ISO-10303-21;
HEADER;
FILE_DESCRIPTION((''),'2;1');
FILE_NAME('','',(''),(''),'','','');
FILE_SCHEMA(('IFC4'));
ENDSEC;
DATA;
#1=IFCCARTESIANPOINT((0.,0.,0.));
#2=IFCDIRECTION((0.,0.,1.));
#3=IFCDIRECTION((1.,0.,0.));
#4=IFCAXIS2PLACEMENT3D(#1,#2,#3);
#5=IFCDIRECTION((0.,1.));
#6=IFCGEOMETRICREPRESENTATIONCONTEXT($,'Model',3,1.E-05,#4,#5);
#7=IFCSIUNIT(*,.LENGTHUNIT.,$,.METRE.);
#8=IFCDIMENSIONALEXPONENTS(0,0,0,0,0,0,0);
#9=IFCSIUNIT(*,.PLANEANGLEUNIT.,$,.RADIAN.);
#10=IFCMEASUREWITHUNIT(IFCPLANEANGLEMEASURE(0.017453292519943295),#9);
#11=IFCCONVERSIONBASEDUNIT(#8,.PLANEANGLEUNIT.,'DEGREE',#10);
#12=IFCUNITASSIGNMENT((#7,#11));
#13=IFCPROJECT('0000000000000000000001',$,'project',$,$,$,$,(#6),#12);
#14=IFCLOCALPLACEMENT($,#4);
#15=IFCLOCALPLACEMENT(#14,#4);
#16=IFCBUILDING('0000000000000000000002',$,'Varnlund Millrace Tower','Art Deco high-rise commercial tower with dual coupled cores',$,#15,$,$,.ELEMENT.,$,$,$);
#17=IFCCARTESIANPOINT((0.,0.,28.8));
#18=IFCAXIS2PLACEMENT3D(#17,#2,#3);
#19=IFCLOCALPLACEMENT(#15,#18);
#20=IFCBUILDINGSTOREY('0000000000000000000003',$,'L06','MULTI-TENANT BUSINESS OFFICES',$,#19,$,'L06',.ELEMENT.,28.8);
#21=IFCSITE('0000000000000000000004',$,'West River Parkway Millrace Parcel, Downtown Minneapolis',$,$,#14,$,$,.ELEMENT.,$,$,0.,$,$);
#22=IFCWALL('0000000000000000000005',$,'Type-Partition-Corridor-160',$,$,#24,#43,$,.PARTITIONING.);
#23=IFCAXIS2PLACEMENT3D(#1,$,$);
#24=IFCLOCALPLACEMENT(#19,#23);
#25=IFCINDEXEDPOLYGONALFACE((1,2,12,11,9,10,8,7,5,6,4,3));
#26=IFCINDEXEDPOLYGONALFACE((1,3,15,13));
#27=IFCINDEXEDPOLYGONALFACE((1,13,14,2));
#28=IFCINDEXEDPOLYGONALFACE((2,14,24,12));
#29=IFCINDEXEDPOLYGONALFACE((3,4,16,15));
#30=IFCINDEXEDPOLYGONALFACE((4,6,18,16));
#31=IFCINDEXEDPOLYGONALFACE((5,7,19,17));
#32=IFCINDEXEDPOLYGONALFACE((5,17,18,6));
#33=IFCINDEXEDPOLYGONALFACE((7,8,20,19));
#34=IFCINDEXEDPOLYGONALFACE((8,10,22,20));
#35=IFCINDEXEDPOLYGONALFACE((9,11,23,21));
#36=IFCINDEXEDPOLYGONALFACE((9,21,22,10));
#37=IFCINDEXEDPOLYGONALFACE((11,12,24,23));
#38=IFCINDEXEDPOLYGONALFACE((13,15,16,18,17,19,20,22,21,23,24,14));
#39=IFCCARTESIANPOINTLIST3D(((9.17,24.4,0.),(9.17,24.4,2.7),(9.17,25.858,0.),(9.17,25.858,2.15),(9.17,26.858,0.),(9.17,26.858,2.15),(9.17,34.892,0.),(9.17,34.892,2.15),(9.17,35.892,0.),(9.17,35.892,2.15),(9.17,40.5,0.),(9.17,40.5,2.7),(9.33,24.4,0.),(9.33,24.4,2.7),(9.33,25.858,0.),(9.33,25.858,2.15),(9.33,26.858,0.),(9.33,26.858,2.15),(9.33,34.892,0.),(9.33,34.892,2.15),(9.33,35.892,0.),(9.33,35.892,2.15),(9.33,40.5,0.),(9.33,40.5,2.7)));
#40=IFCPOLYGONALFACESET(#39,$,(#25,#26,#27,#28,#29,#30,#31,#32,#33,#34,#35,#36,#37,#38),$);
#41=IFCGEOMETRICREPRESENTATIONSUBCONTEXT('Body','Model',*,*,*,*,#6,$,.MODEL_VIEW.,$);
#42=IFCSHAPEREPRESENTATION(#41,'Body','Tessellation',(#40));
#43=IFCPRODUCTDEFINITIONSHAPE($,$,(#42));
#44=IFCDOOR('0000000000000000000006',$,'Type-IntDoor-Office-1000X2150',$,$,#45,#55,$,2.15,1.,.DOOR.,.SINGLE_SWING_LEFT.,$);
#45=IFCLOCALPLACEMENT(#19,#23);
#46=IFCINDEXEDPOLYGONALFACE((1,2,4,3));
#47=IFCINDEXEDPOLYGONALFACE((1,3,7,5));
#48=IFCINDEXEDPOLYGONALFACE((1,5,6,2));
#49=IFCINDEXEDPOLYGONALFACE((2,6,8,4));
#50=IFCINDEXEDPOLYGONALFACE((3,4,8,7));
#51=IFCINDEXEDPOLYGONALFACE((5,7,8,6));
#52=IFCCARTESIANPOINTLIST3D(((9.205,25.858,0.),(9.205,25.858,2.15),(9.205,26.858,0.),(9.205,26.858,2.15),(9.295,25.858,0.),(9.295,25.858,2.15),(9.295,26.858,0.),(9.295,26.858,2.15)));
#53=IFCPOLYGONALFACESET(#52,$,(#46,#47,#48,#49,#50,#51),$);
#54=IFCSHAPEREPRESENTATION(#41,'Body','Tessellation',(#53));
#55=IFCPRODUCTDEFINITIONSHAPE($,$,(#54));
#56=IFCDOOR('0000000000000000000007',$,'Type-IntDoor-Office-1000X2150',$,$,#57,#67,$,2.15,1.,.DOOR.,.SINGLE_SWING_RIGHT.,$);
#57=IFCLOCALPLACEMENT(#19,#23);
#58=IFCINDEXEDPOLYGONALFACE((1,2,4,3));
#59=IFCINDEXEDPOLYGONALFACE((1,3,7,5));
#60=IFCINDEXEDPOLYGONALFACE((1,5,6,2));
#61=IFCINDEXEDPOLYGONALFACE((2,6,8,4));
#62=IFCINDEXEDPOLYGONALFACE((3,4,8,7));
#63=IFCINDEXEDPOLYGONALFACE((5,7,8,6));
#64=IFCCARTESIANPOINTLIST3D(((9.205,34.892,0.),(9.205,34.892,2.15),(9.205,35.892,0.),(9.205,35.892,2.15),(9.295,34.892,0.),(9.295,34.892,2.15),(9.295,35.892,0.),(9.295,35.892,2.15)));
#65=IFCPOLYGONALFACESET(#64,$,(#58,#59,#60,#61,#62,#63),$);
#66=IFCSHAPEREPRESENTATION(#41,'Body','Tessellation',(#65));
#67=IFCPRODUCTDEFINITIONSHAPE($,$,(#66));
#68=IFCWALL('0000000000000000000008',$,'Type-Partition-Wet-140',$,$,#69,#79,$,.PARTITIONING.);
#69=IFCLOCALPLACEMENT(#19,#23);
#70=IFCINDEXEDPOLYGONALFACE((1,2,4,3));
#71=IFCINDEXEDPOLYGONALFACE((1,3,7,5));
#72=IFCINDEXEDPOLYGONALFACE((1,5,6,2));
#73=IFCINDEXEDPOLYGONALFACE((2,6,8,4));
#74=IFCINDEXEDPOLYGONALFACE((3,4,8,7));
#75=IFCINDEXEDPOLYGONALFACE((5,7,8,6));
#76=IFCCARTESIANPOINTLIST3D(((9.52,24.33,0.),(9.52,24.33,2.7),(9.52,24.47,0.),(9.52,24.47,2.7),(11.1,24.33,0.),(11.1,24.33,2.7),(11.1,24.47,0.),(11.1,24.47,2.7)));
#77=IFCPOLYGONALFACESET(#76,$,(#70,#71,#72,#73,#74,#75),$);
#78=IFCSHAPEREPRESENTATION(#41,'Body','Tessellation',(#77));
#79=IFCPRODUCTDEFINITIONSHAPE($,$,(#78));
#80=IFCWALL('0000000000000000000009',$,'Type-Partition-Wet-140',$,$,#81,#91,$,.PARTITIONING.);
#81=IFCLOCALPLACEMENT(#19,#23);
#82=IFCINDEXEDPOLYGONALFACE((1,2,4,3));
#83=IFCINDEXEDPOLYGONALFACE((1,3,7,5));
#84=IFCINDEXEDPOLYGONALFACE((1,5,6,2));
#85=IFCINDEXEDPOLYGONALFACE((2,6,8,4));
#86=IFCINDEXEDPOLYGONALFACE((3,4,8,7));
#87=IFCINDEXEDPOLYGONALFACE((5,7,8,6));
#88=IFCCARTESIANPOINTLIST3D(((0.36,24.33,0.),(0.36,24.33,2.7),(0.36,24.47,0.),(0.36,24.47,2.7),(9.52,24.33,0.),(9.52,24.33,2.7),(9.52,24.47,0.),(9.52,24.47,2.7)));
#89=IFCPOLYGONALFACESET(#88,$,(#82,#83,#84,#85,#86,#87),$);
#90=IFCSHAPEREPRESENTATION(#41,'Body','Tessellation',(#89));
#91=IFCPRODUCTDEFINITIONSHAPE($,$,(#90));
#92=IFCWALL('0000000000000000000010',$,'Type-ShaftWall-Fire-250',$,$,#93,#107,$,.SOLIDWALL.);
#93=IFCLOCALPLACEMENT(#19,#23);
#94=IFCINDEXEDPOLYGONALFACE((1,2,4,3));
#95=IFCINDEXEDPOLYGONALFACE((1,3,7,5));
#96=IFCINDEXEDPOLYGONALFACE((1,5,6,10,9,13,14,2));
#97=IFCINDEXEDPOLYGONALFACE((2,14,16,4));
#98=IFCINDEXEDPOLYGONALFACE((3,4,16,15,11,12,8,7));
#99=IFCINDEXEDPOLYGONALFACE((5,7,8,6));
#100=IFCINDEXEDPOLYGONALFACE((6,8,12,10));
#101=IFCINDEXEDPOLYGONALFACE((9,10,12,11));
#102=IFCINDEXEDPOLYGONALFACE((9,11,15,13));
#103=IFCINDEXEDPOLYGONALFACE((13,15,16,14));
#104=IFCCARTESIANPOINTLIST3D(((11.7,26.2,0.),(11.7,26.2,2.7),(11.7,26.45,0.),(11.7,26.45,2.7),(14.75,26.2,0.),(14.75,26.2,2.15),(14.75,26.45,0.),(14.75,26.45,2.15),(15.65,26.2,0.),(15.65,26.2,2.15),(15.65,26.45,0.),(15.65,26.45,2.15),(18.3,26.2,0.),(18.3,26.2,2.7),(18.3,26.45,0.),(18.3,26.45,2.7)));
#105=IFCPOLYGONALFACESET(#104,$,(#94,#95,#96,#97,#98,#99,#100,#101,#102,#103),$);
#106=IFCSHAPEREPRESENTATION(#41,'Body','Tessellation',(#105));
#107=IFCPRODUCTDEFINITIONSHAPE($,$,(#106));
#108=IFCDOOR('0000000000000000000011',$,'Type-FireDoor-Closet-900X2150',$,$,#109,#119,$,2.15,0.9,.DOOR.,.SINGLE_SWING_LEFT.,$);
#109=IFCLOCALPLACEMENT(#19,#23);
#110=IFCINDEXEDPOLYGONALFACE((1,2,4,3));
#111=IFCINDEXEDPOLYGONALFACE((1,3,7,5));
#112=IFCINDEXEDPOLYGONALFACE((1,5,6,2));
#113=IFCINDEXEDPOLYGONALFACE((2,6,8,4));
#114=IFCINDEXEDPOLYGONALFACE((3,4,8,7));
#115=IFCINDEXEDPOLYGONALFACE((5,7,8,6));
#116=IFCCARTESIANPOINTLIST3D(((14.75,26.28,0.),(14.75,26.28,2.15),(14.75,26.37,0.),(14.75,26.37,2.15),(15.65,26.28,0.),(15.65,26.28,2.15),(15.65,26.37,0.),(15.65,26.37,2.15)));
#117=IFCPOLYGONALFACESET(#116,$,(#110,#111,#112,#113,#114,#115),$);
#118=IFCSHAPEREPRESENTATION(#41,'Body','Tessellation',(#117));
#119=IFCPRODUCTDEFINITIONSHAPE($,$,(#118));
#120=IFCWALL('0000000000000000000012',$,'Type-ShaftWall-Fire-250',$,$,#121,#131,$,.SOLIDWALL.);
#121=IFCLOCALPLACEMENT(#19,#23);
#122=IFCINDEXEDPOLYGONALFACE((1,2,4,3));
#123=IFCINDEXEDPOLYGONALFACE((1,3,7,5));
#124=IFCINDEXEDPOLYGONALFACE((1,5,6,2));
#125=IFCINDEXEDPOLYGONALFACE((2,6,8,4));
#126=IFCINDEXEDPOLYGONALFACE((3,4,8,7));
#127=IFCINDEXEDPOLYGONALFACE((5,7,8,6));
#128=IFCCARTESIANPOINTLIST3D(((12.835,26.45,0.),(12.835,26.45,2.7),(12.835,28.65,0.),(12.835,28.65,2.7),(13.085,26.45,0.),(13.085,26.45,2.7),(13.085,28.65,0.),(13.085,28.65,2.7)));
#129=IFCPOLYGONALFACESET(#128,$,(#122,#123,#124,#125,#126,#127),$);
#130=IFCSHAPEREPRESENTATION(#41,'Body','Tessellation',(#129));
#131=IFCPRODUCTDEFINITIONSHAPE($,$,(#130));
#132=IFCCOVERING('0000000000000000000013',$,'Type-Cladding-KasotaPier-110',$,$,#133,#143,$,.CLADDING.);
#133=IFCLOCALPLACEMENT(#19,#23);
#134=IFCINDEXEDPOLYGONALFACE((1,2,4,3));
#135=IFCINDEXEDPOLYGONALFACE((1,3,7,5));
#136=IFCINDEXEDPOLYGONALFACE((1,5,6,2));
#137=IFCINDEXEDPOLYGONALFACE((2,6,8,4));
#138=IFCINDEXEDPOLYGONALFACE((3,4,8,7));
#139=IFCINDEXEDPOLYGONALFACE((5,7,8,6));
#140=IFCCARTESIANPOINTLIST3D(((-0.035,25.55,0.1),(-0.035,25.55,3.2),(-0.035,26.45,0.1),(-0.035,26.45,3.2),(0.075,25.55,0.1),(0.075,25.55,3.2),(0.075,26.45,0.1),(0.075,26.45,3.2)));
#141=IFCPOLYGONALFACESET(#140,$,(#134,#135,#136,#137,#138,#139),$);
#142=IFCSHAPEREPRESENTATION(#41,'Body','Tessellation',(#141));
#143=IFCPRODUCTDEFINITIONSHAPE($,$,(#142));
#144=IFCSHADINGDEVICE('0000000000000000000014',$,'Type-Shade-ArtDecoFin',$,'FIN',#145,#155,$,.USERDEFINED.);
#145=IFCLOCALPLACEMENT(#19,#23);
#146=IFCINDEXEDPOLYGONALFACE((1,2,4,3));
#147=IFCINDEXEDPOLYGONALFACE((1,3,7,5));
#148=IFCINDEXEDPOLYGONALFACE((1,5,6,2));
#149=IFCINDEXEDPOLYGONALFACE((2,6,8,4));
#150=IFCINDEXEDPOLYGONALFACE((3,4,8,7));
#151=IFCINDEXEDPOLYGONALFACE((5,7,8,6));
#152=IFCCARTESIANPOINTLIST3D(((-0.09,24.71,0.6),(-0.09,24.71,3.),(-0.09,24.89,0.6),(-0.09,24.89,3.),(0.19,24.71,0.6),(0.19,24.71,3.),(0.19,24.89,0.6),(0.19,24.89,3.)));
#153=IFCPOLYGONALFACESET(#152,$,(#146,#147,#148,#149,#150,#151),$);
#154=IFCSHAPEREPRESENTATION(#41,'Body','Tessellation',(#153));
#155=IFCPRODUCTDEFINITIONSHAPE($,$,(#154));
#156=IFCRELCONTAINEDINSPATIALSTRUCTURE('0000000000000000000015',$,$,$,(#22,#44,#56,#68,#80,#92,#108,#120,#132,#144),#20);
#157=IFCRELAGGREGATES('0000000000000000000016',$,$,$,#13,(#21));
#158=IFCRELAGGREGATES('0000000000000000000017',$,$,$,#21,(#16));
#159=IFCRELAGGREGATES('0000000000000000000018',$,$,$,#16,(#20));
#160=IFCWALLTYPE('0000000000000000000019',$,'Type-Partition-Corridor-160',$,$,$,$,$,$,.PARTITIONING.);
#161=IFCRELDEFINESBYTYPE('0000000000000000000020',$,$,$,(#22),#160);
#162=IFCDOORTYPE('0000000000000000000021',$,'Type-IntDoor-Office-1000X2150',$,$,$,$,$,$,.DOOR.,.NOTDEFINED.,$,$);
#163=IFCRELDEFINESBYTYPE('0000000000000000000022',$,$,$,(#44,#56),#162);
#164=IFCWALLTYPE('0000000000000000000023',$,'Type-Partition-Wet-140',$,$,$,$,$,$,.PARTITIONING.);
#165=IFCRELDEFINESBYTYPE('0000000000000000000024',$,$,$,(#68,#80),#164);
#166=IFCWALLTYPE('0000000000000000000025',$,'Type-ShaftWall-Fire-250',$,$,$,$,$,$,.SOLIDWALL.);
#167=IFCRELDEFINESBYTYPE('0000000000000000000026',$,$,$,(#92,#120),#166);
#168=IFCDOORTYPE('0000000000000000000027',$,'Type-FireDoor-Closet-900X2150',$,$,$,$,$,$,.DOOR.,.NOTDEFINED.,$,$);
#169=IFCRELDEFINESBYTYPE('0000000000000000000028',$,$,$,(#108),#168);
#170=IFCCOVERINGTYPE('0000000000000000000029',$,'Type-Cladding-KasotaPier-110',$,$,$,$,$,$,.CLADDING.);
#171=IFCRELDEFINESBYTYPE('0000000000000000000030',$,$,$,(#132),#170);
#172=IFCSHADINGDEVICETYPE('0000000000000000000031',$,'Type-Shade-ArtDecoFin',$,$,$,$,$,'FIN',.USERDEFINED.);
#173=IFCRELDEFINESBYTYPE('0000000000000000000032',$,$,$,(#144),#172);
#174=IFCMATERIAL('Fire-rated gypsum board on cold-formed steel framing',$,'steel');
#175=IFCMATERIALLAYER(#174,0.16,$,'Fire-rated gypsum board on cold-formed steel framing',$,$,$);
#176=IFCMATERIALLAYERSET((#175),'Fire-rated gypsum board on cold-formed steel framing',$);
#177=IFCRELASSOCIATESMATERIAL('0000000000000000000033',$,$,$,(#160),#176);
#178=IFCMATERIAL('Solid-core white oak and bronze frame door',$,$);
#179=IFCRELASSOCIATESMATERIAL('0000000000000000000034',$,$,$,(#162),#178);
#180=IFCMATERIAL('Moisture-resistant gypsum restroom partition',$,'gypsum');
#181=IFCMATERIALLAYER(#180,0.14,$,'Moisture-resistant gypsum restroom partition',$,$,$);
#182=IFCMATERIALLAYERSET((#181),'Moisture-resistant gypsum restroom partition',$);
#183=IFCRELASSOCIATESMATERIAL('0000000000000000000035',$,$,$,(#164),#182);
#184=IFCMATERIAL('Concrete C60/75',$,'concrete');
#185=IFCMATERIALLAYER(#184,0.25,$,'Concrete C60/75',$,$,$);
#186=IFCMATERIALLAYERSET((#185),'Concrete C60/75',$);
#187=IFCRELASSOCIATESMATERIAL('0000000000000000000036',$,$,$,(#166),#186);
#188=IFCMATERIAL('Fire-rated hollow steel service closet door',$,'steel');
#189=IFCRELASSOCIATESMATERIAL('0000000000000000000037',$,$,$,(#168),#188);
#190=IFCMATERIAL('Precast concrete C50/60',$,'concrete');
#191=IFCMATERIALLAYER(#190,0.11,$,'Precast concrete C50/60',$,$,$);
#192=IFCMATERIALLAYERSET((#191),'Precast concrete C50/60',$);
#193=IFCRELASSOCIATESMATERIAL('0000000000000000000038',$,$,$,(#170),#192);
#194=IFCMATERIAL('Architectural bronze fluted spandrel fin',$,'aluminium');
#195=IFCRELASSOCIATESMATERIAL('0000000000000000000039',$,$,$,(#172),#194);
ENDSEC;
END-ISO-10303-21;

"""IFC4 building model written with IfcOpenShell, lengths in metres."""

from ifc_helpers import new_model, entity, si_unit, converted_unit, direction, frame, origin_with_axes, origin_2d_with_axis, place, context, subcontext, project, spatial, polyline, rectangle, outline, extrude, material, layer, layer_set, type_object, element, fill, save


model = new_model("IFC4")

# Units and contexts
model_context = context("Model", 3, precision=1e-05, world=origin_with_axes(), true_north=direction((0.0, 1.0)))
body_context = subcontext(model_context, "Body", "Model", "MODEL_VIEW")
ifc_project = project(units=[si_unit("LENGTHUNIT", "METRE"), converted_unit("PLANEANGLEUNIT", "DEGREE", entity("IfcPlaneAngleMeasure", 0.017453292519943295), si_unit("PLANEANGLEUNIT", "RADIAN"), dimensions=[0, 0, 0, 0, 0, 0, 0])], contexts=[model_context])

# Site, building, storey
site_placement = place(None, origin_with_axes())
site = spatial("IfcSite", under=ifc_project, at=site_placement, Name="West River Parkway Millrace Parcel, Downtown Minneapolis", CompositionType="ELEMENT", RefElevation=0.0)
building_placement = place(site_placement, origin_with_axes())
building = spatial("IfcBuilding", under=site, at=building_placement, Name="Varnlund Millrace Tower", Description="Art Deco high-rise commercial tower with dual coupled cores", CompositionType="ELEMENT")
storey_placement = place(building_placement, frame((0.0, 0.0, 28.8), z_axis=(0.0, 0.0, 1.0), x_axis=(1.0, 0.0, 0.0)))
storey = spatial("IfcBuildingStorey", under=building, at=storey_placement, Name="L06", Description="MULTI-TENANT BUSINESS OFFICES", LongName="L06", CompositionType="ELEMENT", Elevation=28.8)

# Wall, openings, doors
ifc_material_1 = material(Name="Fire-rated gypsum board on cold-formed steel framing", Category="steel")
ifc_layer_1 = layer(ifc_material_1, 0.16, Name="Fire-rated gypsum board on cold-formed steel framing")
ifc_layer_set_1 = layer_set([ifc_layer_1], Name="Fire-rated gypsum board on cold-formed steel framing")
wall_type_1 = type_object("IfcWallType", Name="Type-Partition-Corridor-160", PredefinedType="PARTITIONING", material=ifc_layer_set_1)
wall_1_placement = place(storey_placement, frame((9.25, 24.4, 0.0), z_axis=(0.0, 0.0, 1.0), x_axis=(0.0, 1.0, 0.0)))
wall_1 = element("IfcWall", 1, at=wall_1_placement, inside=storey, type_object=wall_type_1, Name="Type-Partition-Corridor-160", PredefinedType="PARTITIONING", context=body_context, shape_type="SweptSolid", body=[
    extrude(outline(polyline([(0.0, -0.08), (16.1, -0.08), (16.1, 0.08), (0.0, 0.08), (0.0, -0.08)])), origin_with_axes(), (0.0, 0.0, 1.0), 2.7),
])
opening_1_placement = place(wall_1_placement, frame((1.958, 0.0, 0.0), z_axis=(0.0, 0.0, 1.0), x_axis=(1.0, 0.0, 0.0)))
opening_1 = element("IfcOpeningElement", 2, at=opening_1_placement, cuts=wall_1, PredefinedType="OPENING", context=body_context, shape_type="SweptSolid", body=[
    extrude(rectangle(XDim=1.0, YDim=0.18, at=origin_2d_with_axis()), origin_with_axes(), (0.0, 0.0, 1.0), 2.15),
])
opening_2_placement = place(wall_1_placement, frame((10.992, 0.0, 0.0), z_axis=(0.0, 0.0, 1.0), x_axis=(1.0, 0.0, 0.0)))
opening_2 = element("IfcOpeningElement", 3, at=opening_2_placement, cuts=wall_1, PredefinedType="OPENING", context=body_context, shape_type="SweptSolid", body=[
    extrude(rectangle(XDim=1.0, YDim=0.18, at=origin_2d_with_axis()), origin_with_axes(), (0.0, 0.0, 1.0), 2.15),
])
ifc_material_2 = material(Name="Solid-core white oak and bronze frame door")
door_type_1 = type_object("IfcDoorType", Name="Type-IntDoor-Office-1000X2150", OperationType="NOTDEFINED", PredefinedType="DOOR", material=ifc_material_2)
door_1_placement = place(wall_1_placement, frame((1.958, 0.0, 0.0), z_axis=(0.0, 0.0, 1.0), x_axis=(1.0, 0.0, 0.0)))
door_1 = element("IfcDoor", 4, at=door_1_placement, inside=storey, type_object=door_type_1, Name="Type-IntDoor-Office-1000X2150", OperationType="SINGLE_SWING_LEFT", OverallHeight=2.15, OverallWidth=1.0, PredefinedType="DOOR", context=body_context, shape_type="SweptSolid", body=[
    extrude(rectangle(XDim=1.0, YDim=0.09, at=origin_2d_with_axis()), origin_with_axes(), (0.0, 0.0, 1.0), 2.15),
])
fill(opening_1, door_1)
door_2_placement = place(wall_1_placement, frame((10.992, 0.0, 0.0), z_axis=(0.0, 0.0, 1.0), x_axis=(1.0, 0.0, 0.0)))
door_2 = element("IfcDoor", 5, at=door_2_placement, inside=storey, type_object=door_type_1, Name="Type-IntDoor-Office-1000X2150", OperationType="SINGLE_SWING_RIGHT", OverallHeight=2.15, OverallWidth=1.0, PredefinedType="DOOR", context=body_context, shape_type="SweptSolid", body=[
    extrude(rectangle(XDim=1.0, YDim=0.09, at=origin_2d_with_axis()), origin_with_axes(), (0.0, 0.0, 1.0), 2.15),
])
fill(opening_2, door_2)

# Walls
ifc_material_3 = material(Name="Moisture-resistant gypsum restroom partition", Category="gypsum")
ifc_layer_2 = layer(ifc_material_3, 0.14, Name="Moisture-resistant gypsum restroom partition")
ifc_layer_set_2 = layer_set([ifc_layer_2], Name="Moisture-resistant gypsum restroom partition")
wall_type_2 = type_object("IfcWallType", Name="Type-Partition-Wet-140", PredefinedType="PARTITIONING", material=ifc_layer_set_2)
wall_2_placement = place(storey_placement, frame((9.52, 24.4, 0.0), z_axis=(0.0, 0.0, 1.0), x_axis=(1.0, 0.0, 0.0)))
element("IfcWall", 6, at=wall_2_placement, inside=storey, type_object=wall_type_2, Name="Type-Partition-Wet-140", PredefinedType="PARTITIONING", context=body_context, shape_type="SweptSolid", body=[
    extrude(outline(polyline([(0.0, -0.07), (1.58, -0.07), (1.58, 0.07), (0.0, 0.07), (0.0, -0.07)])), origin_with_axes(), (0.0, 0.0, 1.0), 2.7),
])
wall_3_placement = place(storey_placement, frame((0.36, 24.4, 0.0), z_axis=(0.0, 0.0, 1.0), x_axis=(1.0, 0.0, 0.0)))
element("IfcWall", 7, at=wall_3_placement, inside=storey, type_object=wall_type_2, Name="Type-Partition-Wet-140", PredefinedType="PARTITIONING", context=body_context, shape_type="SweptSolid", body=[
    extrude(outline(polyline([(0.0, -0.07), (9.16, -0.07), (9.16, 0.07), (0.0, 0.07), (0.0, -0.07)])), origin_with_axes(), (0.0, 0.0, 1.0), 2.7),
])

# Wall, opening, door
ifc_material_4 = material(Name="Concrete C60/75", Category="concrete")
ifc_layer_3 = layer(ifc_material_4, 0.25, Name="Concrete C60/75")
ifc_layer_set_3 = layer_set([ifc_layer_3], Name="Concrete C60/75")
wall_type_3 = type_object("IfcWallType", Name="Type-ShaftWall-Fire-250", PredefinedType="SOLIDWALL", material=ifc_layer_set_3)
wall_4_placement = place(storey_placement, frame((11.7, 26.325, 0.0), z_axis=(0.0, 0.0, 1.0), x_axis=(1.0, 0.0, 0.0)))
wall_4 = element("IfcWall", 8, at=wall_4_placement, inside=storey, type_object=wall_type_3, Name="Type-ShaftWall-Fire-250", PredefinedType="SOLIDWALL", context=body_context, shape_type="SweptSolid", body=[
    extrude(outline(polyline([(0.0, -0.125), (6.6, -0.125), (6.6, 0.125), (0.0, 0.125), (0.0, -0.125)])), origin_with_axes(), (0.0, 0.0, 1.0), 2.7),
])
opening_3_placement = place(wall_4_placement, frame((3.5, 0.0, 0.0), z_axis=(0.0, 0.0, 1.0), x_axis=(1.0, 0.0, 0.0)))
opening_3 = element("IfcOpeningElement", 9, at=opening_3_placement, cuts=wall_4, PredefinedType="OPENING", context=body_context, shape_type="SweptSolid", body=[
    extrude(rectangle(XDim=0.9, YDim=0.27, at=origin_2d_with_axis()), origin_with_axes(), (0.0, 0.0, 1.0), 2.15),
])
ifc_material_5 = material(Name="Fire-rated hollow steel service closet door", Category="steel")
door_type_2 = type_object("IfcDoorType", Name="Type-FireDoor-Closet-900X2150", OperationType="NOTDEFINED", PredefinedType="DOOR", material=ifc_material_5)
door_3_placement = place(wall_4_placement, frame((3.5, 0.0, 0.0), z_axis=(0.0, 0.0, 1.0), x_axis=(1.0, 0.0, 0.0)))
door_3 = element("IfcDoor", 10, at=door_3_placement, inside=storey, type_object=door_type_2, Name="Type-FireDoor-Closet-900X2150", OperationType="SINGLE_SWING_LEFT", OverallHeight=2.15, OverallWidth=0.9, PredefinedType="DOOR", context=body_context, shape_type="SweptSolid", body=[
    extrude(rectangle(XDim=0.9, YDim=0.09, at=origin_2d_with_axis()), origin_with_axes(), (0.0, 0.0, 1.0), 2.15),
])
fill(opening_3, door_3)

# Wall
wall_5_placement = place(storey_placement, frame((12.96, 26.45, 0.0), z_axis=(0.0, 0.0, 1.0), x_axis=(0.0, 1.0, 0.0)))
element("IfcWall", 11, at=wall_5_placement, inside=storey, type_object=wall_type_3, Name="Type-ShaftWall-Fire-250", PredefinedType="SOLIDWALL", context=body_context, shape_type="SweptSolid", body=[
    extrude(outline(polyline([(0.0, -0.125), (2.2, -0.125), (2.2, 0.125), (0.0, 0.125), (0.0, -0.125)])), origin_with_axes(), (0.0, 0.0, 1.0), 2.7),
])

# Covering
ifc_material_6 = material(Name="Precast concrete C50/60", Category="concrete")
ifc_layer_4 = layer(ifc_material_6, 0.11, Name="Precast concrete C50/60")
ifc_layer_set_4 = layer_set([ifc_layer_4], Name="Precast concrete C50/60")
covering_type = type_object("IfcCoveringType", Name="Type-Cladding-KasotaPier-110", PredefinedType="CLADDING", material=ifc_layer_set_4)
covering_placement = place(storey_placement, frame((0.02, 26.0, 0.1), z_axis=(0.0, 0.0, 1.0), x_axis=(1.0, 0.0, 0.0)))
element("IfcCovering", 12, at=covering_placement, inside=storey, type_object=covering_type, Name="Type-Cladding-KasotaPier-110", PredefinedType="CLADDING", context=body_context, shape_type="SweptSolid", body=[
    extrude(rectangle(XDim=0.11, YDim=0.9, at=origin_2d_with_axis()), origin_with_axes(), (0.0, 0.0, 1.0), 3.1),
])

# Shading device
ifc_material_7 = material(Name="Architectural bronze fluted spandrel fin", Category="aluminium")
shading_device_type = type_object("IfcShadingDeviceType", Name="Type-Shade-ArtDecoFin", ElementType="FIN", PredefinedType="USERDEFINED", material=ifc_material_7)
shading_device_placement = place(storey_placement, frame((0.05, 24.8, 0.6), z_axis=(0.0, 0.0, 1.0), x_axis=(1.0, 0.0, 0.0)))
element("IfcShadingDevice", 13, at=shading_device_placement, inside=storey, type_object=shading_device_type, Name="Type-Shade-ArtDecoFin", ObjectType="FIN", PredefinedType="USERDEFINED", context=body_context, shape_type="SweptSolid", body=[
    extrude(rectangle(XDim=0.28, YDim=0.18, at=origin_2d_with_axis()), origin_with_axes(), (0.0, 0.0, 1.0), 2.4),
])

save(model, "model.ifc")
